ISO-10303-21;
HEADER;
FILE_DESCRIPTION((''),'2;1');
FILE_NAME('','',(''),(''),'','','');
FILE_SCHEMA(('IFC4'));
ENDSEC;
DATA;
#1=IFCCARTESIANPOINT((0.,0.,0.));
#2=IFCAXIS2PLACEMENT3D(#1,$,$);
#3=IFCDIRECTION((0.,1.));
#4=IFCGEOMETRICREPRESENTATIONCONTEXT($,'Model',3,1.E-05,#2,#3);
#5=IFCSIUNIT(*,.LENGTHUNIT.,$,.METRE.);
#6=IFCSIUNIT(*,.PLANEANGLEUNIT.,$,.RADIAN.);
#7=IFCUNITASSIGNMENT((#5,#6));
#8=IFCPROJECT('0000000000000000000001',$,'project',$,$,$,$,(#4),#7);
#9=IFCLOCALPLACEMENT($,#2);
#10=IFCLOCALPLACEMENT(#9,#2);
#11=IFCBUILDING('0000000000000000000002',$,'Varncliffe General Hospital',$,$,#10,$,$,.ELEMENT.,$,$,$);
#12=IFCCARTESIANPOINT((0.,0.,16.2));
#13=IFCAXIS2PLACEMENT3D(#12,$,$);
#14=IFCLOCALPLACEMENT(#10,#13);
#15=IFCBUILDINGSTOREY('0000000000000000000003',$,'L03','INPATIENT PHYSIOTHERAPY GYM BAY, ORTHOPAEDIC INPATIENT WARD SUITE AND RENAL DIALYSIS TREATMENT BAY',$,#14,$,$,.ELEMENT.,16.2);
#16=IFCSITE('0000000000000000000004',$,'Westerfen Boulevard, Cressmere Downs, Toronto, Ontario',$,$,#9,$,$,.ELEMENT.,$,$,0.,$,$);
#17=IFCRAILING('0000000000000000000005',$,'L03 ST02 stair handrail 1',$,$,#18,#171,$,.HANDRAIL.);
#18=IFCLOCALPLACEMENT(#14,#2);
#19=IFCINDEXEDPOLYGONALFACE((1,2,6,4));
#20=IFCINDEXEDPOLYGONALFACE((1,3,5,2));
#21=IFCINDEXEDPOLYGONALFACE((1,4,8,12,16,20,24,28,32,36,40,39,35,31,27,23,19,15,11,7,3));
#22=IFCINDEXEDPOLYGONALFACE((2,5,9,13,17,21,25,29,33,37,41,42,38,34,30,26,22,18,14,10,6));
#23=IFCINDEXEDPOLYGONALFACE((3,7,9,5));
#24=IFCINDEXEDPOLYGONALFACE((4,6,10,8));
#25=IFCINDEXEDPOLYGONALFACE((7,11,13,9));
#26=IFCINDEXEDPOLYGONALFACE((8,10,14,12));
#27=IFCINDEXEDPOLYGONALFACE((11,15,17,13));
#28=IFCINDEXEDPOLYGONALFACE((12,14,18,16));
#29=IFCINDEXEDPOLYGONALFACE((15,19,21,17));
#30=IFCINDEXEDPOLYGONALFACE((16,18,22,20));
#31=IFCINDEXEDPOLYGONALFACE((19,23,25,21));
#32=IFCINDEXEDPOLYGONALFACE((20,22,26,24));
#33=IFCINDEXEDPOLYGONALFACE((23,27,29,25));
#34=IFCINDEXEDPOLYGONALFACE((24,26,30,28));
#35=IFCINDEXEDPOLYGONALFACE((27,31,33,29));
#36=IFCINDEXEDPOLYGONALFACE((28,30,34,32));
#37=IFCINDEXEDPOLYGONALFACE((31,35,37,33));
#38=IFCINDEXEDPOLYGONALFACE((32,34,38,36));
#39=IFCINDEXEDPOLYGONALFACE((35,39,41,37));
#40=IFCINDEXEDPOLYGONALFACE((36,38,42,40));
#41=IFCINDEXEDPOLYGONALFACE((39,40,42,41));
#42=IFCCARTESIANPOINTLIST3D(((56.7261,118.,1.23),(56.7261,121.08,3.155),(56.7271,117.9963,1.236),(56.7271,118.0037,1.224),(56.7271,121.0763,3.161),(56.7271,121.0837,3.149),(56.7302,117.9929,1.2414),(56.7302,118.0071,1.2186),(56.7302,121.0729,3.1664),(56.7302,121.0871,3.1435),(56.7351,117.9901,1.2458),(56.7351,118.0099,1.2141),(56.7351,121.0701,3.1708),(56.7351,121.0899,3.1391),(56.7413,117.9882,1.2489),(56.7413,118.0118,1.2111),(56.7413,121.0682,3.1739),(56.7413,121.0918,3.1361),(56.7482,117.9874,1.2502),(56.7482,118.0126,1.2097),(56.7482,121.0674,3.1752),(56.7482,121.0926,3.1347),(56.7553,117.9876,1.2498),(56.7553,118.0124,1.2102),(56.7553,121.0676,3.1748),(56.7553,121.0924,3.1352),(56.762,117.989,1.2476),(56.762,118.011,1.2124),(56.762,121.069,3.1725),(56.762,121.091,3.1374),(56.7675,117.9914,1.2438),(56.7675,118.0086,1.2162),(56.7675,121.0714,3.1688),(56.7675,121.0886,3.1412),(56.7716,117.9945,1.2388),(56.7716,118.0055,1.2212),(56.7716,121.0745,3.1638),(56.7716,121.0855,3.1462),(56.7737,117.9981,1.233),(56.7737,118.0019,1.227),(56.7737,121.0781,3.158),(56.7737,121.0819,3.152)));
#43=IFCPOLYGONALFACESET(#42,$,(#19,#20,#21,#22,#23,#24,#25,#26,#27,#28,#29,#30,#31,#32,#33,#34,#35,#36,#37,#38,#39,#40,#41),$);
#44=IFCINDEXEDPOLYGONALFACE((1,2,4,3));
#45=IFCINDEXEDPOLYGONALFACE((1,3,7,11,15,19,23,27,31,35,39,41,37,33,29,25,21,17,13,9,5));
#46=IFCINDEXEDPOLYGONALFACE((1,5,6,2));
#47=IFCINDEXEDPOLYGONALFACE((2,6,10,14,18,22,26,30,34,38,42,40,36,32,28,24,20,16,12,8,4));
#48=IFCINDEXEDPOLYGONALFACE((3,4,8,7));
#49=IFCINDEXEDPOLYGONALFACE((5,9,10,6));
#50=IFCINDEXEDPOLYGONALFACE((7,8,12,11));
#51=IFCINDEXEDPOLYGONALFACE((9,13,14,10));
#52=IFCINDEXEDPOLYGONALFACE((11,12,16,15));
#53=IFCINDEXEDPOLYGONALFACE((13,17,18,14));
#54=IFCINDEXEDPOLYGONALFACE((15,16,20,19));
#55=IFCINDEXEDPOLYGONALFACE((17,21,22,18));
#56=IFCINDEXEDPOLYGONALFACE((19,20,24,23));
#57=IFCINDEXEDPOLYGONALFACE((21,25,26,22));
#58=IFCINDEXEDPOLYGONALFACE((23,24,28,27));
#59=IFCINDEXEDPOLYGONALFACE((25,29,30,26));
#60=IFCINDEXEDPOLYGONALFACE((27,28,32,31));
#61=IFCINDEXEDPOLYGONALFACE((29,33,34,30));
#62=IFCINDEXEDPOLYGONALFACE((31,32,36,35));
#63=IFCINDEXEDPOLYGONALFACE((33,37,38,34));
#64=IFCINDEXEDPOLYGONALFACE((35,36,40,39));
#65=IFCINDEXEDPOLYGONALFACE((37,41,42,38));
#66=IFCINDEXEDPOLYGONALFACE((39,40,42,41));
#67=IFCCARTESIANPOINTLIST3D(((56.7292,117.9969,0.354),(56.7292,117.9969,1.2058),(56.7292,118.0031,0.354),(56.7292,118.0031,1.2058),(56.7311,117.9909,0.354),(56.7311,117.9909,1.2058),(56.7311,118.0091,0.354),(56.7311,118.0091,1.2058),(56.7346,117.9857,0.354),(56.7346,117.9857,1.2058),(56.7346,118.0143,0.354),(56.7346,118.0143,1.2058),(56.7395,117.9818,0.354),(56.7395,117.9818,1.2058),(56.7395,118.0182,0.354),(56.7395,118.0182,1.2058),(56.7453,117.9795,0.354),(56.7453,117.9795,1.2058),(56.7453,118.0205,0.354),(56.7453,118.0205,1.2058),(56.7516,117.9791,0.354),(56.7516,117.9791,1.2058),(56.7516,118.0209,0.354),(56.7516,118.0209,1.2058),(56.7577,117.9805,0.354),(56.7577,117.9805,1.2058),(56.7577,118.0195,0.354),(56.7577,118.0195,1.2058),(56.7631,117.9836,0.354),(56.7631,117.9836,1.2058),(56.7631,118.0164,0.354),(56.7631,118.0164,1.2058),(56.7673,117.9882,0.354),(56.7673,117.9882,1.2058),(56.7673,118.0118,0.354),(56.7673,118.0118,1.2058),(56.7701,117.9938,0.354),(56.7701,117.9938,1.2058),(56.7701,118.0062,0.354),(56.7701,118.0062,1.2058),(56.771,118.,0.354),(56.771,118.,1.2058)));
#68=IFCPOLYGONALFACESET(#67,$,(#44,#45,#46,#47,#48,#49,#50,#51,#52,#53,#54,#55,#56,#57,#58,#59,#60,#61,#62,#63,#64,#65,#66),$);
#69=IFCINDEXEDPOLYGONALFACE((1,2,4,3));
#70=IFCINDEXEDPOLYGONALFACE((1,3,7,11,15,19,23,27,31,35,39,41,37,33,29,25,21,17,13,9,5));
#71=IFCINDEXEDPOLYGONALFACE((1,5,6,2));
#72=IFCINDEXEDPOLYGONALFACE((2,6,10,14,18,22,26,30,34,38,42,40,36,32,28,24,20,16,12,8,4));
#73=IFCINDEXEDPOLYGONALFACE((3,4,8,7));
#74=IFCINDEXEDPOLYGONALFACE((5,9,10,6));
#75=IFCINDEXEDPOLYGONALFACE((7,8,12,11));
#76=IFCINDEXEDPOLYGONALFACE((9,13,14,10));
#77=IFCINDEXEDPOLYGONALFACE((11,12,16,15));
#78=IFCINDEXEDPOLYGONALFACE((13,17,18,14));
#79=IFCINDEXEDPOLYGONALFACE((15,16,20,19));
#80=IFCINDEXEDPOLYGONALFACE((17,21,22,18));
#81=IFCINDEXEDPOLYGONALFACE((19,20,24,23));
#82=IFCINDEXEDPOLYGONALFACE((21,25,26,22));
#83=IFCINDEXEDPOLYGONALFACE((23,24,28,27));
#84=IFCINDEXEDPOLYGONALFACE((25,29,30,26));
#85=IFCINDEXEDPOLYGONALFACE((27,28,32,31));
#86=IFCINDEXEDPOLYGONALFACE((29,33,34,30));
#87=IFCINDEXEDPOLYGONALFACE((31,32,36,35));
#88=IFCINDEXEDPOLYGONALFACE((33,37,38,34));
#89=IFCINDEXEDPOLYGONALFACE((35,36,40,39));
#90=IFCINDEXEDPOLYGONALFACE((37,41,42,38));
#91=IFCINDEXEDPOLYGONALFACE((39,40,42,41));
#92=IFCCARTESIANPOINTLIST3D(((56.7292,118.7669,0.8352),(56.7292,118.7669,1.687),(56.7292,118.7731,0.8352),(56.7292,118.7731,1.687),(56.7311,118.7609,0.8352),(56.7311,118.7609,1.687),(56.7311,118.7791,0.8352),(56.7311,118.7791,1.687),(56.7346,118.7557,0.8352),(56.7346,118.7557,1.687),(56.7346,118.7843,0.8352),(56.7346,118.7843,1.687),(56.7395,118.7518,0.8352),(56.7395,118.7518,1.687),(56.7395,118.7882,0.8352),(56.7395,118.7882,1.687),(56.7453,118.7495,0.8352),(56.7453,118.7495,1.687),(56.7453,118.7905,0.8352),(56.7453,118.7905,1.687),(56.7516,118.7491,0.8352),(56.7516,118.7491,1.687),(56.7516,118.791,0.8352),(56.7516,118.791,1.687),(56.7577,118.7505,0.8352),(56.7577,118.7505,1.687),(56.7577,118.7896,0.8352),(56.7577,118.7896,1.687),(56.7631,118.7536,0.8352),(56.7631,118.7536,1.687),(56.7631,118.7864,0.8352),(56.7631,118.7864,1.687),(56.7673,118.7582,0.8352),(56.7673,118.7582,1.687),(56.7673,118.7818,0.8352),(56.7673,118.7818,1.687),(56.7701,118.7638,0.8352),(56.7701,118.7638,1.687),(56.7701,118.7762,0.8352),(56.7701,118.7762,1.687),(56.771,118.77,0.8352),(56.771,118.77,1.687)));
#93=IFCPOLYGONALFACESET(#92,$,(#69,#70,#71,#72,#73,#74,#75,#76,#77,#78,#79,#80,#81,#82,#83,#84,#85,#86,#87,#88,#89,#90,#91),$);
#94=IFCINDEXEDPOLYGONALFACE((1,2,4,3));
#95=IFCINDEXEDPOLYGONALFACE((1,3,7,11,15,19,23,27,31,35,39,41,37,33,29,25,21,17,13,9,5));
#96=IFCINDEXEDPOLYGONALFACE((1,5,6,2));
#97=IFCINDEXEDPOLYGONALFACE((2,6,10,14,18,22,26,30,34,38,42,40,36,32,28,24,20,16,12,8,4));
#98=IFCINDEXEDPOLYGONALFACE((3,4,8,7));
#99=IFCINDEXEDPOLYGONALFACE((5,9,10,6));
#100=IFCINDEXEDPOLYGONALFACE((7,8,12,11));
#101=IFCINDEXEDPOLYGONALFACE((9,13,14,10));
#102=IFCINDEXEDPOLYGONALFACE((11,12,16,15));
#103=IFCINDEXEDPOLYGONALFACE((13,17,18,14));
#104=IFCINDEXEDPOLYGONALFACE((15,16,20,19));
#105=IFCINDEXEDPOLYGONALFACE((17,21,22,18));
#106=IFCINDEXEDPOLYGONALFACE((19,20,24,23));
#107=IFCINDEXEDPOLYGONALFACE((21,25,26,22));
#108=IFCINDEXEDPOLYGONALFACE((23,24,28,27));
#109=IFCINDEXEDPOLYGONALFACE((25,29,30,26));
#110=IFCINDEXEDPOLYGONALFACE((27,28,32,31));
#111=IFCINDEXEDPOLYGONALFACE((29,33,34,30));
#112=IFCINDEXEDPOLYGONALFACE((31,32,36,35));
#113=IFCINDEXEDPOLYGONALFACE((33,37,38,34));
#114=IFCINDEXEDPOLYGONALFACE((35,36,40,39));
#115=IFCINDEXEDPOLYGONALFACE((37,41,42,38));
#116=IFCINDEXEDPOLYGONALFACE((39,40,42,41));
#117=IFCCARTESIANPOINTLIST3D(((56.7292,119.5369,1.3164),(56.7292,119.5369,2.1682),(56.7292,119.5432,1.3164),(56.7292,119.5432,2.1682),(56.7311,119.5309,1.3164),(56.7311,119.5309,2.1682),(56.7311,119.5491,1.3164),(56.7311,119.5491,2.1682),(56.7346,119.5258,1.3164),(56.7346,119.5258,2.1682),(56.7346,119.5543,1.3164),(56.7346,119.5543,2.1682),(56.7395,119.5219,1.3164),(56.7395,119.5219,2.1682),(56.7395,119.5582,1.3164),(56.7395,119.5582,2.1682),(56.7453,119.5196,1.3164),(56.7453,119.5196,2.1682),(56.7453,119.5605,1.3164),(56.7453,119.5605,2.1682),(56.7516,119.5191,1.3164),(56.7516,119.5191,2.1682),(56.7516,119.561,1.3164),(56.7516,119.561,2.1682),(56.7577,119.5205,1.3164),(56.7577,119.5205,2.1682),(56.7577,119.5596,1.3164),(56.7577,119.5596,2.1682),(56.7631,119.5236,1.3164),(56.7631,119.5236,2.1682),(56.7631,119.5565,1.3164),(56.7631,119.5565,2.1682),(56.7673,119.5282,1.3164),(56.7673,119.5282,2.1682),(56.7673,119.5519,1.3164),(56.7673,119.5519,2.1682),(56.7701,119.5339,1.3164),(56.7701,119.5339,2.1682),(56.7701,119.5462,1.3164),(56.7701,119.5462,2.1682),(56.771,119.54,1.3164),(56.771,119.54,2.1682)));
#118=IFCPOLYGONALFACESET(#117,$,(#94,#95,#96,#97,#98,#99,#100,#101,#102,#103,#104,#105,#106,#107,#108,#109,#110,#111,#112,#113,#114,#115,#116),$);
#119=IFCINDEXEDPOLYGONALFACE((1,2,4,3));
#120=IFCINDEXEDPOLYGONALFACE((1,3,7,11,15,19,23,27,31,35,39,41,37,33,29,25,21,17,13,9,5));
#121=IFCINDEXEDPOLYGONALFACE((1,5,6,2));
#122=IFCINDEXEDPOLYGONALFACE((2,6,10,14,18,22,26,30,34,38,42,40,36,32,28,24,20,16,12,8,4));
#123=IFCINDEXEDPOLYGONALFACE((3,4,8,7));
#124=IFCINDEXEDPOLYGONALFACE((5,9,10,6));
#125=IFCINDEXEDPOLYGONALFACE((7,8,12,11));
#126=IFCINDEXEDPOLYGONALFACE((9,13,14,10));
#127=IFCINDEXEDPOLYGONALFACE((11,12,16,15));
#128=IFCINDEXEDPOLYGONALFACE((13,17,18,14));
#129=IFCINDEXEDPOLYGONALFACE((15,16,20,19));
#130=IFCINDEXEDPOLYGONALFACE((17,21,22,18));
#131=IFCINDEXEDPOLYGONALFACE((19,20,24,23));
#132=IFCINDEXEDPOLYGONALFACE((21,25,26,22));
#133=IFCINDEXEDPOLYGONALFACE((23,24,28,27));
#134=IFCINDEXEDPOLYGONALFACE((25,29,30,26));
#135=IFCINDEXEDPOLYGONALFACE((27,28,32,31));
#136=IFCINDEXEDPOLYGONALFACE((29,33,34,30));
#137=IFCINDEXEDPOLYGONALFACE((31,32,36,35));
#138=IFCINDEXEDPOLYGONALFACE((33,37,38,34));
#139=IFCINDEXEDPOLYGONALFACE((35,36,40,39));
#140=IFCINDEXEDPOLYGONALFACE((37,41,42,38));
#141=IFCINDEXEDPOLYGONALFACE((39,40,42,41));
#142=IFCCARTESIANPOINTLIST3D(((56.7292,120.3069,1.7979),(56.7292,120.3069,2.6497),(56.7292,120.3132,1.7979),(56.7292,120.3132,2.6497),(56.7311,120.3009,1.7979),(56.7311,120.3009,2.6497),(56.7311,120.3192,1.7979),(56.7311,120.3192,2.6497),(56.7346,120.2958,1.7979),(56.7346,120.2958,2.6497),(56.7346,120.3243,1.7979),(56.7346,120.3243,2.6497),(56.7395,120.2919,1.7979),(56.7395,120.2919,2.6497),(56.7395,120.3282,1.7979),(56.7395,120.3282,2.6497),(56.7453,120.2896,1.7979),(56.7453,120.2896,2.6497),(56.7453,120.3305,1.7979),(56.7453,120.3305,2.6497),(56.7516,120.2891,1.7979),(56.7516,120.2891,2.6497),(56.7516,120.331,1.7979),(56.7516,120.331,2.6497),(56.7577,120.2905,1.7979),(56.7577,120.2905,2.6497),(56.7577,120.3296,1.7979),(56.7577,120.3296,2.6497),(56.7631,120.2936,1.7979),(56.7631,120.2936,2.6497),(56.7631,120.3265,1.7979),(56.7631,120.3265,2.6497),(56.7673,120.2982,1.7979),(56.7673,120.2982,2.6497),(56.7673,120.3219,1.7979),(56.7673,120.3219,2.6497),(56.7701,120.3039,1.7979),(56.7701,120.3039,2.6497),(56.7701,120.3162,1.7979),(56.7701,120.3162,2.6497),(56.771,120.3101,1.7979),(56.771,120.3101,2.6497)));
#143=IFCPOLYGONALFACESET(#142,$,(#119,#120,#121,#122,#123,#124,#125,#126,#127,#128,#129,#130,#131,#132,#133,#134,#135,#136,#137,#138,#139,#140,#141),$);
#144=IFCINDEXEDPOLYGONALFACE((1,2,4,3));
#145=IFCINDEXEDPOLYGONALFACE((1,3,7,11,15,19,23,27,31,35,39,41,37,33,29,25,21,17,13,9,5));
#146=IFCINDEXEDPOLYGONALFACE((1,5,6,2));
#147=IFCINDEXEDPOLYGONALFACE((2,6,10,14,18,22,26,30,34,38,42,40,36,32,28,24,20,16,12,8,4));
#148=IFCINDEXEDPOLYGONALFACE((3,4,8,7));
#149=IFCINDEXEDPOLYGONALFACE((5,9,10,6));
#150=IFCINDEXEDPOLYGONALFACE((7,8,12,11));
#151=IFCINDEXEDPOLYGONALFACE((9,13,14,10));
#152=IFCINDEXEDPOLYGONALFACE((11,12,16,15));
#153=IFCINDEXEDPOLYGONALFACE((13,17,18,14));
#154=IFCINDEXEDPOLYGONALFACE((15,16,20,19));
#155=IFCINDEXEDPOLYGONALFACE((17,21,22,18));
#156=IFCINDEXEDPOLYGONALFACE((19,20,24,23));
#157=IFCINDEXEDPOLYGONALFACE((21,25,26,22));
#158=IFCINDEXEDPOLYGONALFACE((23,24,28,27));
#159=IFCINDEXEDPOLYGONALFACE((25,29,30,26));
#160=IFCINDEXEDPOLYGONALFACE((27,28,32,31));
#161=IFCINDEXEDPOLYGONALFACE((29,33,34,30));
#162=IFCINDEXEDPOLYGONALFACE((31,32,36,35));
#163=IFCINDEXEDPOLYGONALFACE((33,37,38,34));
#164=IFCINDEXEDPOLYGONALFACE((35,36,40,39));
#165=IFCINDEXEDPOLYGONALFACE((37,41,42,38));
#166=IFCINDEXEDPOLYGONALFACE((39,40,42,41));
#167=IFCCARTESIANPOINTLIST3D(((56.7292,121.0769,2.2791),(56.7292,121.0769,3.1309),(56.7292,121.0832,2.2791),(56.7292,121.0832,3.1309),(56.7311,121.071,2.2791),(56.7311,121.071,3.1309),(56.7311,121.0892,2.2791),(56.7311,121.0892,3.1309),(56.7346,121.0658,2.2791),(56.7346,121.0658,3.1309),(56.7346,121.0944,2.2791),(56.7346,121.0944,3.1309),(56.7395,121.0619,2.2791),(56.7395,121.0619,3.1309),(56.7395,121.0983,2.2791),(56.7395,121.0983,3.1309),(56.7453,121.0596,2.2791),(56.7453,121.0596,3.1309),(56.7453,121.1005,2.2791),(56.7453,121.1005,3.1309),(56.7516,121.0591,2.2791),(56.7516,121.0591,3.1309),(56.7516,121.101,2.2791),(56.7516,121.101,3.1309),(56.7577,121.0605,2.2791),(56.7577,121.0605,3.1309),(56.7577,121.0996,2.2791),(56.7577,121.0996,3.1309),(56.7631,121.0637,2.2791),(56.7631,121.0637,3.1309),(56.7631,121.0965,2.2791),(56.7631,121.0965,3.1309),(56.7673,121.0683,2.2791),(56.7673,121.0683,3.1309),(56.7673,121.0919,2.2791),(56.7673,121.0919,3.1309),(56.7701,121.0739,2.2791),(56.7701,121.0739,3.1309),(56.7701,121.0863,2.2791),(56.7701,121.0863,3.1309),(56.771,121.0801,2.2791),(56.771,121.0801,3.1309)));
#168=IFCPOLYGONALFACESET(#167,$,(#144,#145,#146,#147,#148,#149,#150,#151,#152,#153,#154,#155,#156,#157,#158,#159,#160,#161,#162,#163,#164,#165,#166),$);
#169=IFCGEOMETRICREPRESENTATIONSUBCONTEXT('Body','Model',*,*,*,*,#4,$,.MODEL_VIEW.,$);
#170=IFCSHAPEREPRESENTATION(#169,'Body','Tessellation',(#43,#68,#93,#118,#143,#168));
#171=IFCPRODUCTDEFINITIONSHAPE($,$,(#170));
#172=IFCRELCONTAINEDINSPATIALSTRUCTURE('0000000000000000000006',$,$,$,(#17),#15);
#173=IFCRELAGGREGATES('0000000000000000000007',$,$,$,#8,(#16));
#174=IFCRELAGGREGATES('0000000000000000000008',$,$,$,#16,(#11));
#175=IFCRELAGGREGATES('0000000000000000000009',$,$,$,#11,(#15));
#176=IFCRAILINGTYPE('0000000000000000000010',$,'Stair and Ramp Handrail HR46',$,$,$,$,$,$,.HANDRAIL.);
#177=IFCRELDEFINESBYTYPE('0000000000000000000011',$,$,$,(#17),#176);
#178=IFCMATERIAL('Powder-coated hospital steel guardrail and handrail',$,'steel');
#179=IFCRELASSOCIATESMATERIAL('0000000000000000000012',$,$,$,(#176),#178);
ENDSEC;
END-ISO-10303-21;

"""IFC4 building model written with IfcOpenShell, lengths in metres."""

from ifc_helpers import new_model, si_unit, direction, frame, origin, origin_2d, place, context, subcontext, project, spatial, circle, extrude, material, type_object, element, save


model = new_model("IFC4")

# Units and contexts
model_context = context("Model", 3, precision=1e-05, world=origin(), true_north=direction((0.0, 1.0)))
body_context = subcontext(model_context, "Body", "Model", "MODEL_VIEW")
ifc_project = project(units=[si_unit("LENGTHUNIT", "METRE"), si_unit("PLANEANGLEUNIT", "RADIAN")], contexts=[model_context])

# Site, building, storey
site_placement = place(None, origin())
site = spatial("IfcSite", under=ifc_project, at=site_placement, Name="Westerfen Boulevard, Cressmere Downs, Toronto, Ontario", CompositionType="ELEMENT", RefElevation=0.0)
building_placement = place(site_placement, origin())
building = spatial("IfcBuilding", under=site, at=building_placement, Name="Varncliffe General Hospital", CompositionType="ELEMENT")
storey_placement = place(building_placement, frame((0.0, 0.0, 16.2)))
storey = spatial("IfcBuildingStorey", under=building, at=storey_placement, Name="L03", Description="INPATIENT PHYSIOTHERAPY GYM BAY, ORTHOPAEDIC INPATIENT WARD SUITE AND RENAL DIALYSIS TREATMENT BAY", CompositionType="ELEMENT", Elevation=16.2)

# Railing
ifc_material_1 = material(Name="Powder-coated hospital steel guardrail and handrail", Category="steel")
railing_type_1 = type_object("IfcRailingType", Name="Stair and Ramp Handrail HR46", PredefinedType="HANDRAIL", material=ifc_material_1)
railing_1_placement = place(storey_placement, frame((56.75, 118.0, 0.354)))
element("IfcRailing", 1, at=railing_1_placement, inside=storey, type_object=railing_type_1, Name="L03 ST02 stair handrail 1", PredefinedType="HANDRAIL", context=body_context, shape_type="SweptSolid", body=[
    extrude(circle(Radius=0.0239, at=origin_2d()), frame((0.0, 0.0, 0.876), z_axis=(0.0, 0.847998, 0.529999), x_axis=(-1.0, 0.0, 0.0)), (0.0, 0.0, 1.0), 3.6321),
    extrude(circle(Radius=0.021, at=origin_2d()), origin(), (0.0, 0.0, 1.0), 0.8518),
    extrude(circle(Radius=0.021, at=origin_2d()), frame((0.0, 0.77, 0.4812)), (0.0, 0.0, 1.0), 0.8518),
    extrude(circle(Radius=0.021, at=origin_2d()), frame((0.0, 1.54, 0.9624)), (0.0, 0.0, 1.0), 0.8518),
    extrude(circle(Radius=0.021, at=origin_2d()), frame((0.0, 2.3101, 1.4438)), (0.0, 0.0, 1.0), 0.8518),
    extrude(circle(Radius=0.021, at=origin_2d()), frame((0.0, 3.0801, 1.925)), (0.0, 0.0, 1.0), 0.8518),
])

save(model, "model.ifc")
